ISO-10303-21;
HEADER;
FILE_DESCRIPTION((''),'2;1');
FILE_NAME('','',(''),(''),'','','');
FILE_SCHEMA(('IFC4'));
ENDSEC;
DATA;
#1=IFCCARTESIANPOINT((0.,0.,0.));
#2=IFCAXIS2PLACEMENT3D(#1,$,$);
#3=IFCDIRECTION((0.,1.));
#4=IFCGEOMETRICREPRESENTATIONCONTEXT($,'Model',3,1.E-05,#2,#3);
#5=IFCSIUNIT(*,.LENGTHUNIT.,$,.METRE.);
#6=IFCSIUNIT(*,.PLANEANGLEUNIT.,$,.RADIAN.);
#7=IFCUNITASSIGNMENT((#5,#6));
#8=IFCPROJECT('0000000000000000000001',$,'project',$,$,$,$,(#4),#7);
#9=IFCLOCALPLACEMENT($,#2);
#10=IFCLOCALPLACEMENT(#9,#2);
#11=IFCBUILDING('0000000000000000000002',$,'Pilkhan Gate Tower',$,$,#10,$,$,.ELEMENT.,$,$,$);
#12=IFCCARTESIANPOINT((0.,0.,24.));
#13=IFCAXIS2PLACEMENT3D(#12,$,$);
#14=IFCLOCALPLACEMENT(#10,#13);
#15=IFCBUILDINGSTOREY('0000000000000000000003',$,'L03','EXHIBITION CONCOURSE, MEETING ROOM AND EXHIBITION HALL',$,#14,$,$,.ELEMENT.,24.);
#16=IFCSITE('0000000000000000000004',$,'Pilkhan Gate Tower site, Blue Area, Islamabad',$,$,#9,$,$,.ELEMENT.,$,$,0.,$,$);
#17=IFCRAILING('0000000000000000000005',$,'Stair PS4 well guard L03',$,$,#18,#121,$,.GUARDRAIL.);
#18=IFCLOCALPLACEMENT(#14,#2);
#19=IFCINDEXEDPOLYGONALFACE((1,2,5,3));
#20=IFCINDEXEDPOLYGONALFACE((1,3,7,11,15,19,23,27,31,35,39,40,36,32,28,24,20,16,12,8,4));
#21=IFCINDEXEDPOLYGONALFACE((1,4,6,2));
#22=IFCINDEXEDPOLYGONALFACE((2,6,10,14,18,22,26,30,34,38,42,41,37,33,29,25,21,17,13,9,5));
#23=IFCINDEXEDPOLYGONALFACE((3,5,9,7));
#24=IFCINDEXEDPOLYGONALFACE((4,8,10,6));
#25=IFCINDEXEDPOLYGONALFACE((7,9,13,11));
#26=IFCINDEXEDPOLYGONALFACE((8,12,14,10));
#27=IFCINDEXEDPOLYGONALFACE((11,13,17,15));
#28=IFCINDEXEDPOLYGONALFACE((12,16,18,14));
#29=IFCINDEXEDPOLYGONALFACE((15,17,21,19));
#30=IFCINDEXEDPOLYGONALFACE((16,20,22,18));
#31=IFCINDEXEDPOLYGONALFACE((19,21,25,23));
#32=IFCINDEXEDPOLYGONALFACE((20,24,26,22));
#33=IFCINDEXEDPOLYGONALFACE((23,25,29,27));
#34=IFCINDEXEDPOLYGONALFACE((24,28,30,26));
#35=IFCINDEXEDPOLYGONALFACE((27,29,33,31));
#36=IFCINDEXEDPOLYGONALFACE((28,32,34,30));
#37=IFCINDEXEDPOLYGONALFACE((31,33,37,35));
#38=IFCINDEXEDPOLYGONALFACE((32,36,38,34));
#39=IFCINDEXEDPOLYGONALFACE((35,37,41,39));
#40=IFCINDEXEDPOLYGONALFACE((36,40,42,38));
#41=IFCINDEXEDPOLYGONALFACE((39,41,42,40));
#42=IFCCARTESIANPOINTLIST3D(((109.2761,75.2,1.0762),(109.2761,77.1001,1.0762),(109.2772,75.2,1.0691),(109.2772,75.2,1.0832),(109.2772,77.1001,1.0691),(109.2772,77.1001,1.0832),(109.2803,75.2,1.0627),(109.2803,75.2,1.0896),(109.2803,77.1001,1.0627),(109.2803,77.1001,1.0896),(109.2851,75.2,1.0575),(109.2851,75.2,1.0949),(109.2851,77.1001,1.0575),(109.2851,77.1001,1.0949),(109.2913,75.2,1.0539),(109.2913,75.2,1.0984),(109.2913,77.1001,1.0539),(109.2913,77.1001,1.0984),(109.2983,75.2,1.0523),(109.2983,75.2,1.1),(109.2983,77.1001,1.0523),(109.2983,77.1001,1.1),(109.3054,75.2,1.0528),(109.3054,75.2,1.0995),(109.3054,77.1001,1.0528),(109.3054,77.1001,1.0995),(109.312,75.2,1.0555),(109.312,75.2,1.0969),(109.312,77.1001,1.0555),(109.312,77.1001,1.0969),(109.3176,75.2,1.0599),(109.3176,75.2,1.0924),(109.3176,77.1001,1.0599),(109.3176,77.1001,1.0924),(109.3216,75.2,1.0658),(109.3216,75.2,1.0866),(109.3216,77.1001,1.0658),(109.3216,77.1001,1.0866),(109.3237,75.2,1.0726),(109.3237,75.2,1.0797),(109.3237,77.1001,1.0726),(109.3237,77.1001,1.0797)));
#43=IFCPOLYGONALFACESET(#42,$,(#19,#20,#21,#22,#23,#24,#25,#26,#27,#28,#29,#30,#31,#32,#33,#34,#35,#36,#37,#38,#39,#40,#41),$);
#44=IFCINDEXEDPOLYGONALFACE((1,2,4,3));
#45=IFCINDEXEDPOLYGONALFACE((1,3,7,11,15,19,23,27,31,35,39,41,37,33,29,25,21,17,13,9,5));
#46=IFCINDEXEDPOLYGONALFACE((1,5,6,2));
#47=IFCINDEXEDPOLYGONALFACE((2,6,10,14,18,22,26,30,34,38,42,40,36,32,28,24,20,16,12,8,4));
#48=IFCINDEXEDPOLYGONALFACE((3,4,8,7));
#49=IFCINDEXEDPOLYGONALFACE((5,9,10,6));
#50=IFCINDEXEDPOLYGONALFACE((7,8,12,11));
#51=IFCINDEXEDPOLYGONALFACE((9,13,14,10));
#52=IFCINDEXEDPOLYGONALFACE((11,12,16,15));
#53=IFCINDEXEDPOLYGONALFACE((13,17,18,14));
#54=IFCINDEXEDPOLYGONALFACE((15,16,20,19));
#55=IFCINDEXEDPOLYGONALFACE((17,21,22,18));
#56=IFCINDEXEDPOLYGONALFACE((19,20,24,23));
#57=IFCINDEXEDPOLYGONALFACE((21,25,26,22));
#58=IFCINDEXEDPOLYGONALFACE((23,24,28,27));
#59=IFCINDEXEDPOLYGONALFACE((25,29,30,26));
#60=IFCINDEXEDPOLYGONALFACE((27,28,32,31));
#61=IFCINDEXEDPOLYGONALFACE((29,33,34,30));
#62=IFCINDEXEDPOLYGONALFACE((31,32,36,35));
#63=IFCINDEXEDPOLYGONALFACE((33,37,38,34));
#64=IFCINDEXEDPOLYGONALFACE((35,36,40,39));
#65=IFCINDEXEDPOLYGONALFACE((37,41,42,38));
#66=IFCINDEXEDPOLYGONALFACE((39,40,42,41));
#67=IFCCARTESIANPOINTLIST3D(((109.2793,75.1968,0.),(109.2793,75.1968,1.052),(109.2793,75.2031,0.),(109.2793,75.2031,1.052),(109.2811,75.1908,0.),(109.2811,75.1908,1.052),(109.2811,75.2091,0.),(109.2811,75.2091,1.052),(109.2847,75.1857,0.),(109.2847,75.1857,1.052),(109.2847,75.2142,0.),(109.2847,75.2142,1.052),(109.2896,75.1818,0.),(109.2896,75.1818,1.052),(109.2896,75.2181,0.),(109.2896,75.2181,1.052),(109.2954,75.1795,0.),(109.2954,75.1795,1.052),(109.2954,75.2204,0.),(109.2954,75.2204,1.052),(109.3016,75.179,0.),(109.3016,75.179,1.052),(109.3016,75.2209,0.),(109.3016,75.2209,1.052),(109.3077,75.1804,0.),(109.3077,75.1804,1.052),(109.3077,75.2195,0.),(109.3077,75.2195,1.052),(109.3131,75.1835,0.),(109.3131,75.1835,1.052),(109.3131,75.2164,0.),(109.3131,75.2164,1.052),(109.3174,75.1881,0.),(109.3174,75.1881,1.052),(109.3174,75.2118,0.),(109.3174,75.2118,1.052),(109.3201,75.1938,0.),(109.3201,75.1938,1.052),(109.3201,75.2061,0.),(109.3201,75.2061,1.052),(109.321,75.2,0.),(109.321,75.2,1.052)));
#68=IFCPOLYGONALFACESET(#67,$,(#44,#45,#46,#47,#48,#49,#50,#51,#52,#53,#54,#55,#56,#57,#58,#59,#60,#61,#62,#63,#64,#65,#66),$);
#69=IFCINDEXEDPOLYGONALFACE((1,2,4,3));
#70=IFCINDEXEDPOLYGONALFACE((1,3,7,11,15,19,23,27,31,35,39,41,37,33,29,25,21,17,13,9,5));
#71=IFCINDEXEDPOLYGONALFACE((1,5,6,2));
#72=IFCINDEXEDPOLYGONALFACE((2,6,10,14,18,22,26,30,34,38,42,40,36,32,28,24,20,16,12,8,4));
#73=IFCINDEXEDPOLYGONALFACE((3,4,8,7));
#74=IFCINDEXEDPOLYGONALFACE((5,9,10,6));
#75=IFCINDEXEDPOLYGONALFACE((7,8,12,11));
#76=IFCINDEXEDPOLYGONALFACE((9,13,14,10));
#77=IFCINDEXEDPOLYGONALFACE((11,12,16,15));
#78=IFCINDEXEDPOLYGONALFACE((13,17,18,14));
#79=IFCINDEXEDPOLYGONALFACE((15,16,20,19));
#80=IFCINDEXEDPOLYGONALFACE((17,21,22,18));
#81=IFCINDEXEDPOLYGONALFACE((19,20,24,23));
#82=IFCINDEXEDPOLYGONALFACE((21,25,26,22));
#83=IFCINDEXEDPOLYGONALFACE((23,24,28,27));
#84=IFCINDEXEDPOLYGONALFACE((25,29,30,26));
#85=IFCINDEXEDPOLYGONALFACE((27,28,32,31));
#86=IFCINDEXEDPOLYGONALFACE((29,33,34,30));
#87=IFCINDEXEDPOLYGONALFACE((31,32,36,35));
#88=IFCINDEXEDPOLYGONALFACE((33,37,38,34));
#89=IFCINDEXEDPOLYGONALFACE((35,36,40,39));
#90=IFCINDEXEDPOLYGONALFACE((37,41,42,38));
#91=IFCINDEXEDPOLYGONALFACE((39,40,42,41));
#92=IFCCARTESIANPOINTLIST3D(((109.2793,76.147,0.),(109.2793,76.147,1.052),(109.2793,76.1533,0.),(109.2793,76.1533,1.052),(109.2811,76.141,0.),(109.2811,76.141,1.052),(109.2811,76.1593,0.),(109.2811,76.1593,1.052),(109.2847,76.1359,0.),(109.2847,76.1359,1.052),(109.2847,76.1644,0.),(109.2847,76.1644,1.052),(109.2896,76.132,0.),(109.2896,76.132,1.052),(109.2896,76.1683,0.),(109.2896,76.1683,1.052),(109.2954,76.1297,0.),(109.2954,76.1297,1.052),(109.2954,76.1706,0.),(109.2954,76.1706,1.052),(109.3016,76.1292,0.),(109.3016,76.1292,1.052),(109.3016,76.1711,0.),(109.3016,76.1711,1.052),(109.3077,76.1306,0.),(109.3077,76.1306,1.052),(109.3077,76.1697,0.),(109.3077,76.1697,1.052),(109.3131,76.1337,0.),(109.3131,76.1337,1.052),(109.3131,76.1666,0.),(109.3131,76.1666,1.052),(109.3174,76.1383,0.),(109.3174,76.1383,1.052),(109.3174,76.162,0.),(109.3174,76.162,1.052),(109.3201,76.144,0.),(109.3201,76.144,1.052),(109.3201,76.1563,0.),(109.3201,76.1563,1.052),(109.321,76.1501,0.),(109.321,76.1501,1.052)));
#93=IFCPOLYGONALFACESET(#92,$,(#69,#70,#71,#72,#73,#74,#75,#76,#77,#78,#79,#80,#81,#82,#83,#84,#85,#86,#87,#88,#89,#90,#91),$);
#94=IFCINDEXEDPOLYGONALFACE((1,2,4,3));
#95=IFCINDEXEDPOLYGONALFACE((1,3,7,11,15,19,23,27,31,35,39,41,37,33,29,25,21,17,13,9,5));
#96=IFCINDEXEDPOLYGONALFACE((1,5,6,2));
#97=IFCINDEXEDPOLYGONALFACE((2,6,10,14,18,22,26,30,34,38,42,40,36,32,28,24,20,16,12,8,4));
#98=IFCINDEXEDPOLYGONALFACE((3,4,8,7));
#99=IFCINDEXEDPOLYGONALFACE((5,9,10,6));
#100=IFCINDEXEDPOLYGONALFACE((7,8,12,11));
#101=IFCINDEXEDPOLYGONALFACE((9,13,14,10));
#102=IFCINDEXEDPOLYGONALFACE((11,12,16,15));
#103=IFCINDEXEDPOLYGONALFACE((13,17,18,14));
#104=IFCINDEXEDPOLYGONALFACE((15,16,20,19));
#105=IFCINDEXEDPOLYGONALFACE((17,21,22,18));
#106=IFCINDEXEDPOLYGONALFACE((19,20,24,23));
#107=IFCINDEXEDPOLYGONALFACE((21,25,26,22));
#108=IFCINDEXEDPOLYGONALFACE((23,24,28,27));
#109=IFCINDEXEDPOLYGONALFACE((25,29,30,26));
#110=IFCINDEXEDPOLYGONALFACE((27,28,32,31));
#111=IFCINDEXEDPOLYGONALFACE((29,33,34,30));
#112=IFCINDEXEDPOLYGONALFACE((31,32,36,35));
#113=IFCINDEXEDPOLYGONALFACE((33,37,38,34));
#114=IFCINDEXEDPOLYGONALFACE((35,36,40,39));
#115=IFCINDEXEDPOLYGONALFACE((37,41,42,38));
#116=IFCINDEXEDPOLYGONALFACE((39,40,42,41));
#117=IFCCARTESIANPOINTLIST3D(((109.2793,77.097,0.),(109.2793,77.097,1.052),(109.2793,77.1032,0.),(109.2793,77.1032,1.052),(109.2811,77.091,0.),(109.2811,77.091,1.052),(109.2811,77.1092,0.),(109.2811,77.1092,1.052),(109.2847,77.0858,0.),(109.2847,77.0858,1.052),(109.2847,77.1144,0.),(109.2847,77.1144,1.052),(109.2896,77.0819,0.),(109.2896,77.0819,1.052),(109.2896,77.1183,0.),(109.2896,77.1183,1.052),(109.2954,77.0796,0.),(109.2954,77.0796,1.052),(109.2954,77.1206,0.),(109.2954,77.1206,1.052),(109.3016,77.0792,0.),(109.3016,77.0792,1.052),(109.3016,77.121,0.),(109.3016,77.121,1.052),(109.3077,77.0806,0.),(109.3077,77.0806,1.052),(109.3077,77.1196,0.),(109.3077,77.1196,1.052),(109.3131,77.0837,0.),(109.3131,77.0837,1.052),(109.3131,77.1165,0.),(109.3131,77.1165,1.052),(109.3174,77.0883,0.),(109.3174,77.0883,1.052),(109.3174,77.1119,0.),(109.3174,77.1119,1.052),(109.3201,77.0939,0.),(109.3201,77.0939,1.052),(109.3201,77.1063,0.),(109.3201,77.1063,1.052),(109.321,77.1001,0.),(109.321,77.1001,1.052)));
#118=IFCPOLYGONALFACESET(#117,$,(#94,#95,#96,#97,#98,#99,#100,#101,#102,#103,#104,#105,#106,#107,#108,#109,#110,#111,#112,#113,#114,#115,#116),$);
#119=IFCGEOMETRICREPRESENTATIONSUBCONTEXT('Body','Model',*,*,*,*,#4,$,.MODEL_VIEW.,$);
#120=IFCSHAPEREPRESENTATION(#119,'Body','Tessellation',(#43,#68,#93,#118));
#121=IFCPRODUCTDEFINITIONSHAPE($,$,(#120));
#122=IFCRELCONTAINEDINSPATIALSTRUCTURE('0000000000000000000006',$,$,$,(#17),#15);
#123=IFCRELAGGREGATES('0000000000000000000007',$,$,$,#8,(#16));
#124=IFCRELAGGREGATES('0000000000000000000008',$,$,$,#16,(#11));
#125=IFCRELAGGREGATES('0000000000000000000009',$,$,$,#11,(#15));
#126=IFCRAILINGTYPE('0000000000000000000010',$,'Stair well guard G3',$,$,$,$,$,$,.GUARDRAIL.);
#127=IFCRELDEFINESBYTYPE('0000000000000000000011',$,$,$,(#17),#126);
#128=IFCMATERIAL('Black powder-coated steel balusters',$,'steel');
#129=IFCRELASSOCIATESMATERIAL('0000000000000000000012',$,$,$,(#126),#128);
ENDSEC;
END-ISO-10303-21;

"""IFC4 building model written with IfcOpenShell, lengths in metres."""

from ifc_helpers import new_model, si_unit, direction, frame, origin, origin_2d, place, context, subcontext, project, spatial, circle, extrude, material, type_object, element, save


model = new_model("IFC4")

# Units and contexts
model_context = context("Model", 3, precision=1e-05, world=origin(), true_north=direction((0.0, 1.0)))
body_context = subcontext(model_context, "Body", "Model", "MODEL_VIEW")
ifc_project = project(units=[si_unit("LENGTHUNIT", "METRE"), si_unit("PLANEANGLEUNIT", "RADIAN")], contexts=[model_context])

# Site, building, storey
site_placement = place(None, origin())
site = spatial("IfcSite", under=ifc_project, at=site_placement, Name="Pilkhan Gate Tower site, Blue Area, Islamabad", CompositionType="ELEMENT", RefElevation=0.0)
building_placement = place(site_placement, origin())
building = spatial("IfcBuilding", under=site, at=building_placement, Name="Pilkhan Gate Tower", CompositionType="ELEMENT")
storey_placement = place(building_placement, frame((0.0, 0.0, 24.0)))
storey = spatial("IfcBuildingStorey", under=building, at=storey_placement, Name="L03", Description="EXHIBITION CONCOURSE, MEETING ROOM AND EXHIBITION HALL", CompositionType="ELEMENT", Elevation=24.0)

# Railing
ifc_material_1 = material(Name="Black powder-coated steel balusters", Category="steel")
railing_type = type_object("IfcRailingType", Name="Stair well guard G3", PredefinedType="GUARDRAIL", material=ifc_material_1)
railing_1_placement = place(storey_placement, frame((109.3, 75.2, 0.0)))
element("IfcRailing", 1, at=railing_1_placement, inside=storey, type_object=railing_type, Name="Stair PS4 well guard L03", PredefinedType="GUARDRAIL", context=body_context, shape_type="SweptSolid", body=[
    extrude(circle(Radius=0.0239, at=origin_2d()), frame((0.0, 0.0, 1.0762), z_axis=(0.0, 1.0, 0.0), x_axis=(-1.0, 0.0, 0.0)), (0.0, 0.0, 1.0), 1.9001),
    extrude(circle(Radius=0.021, at=origin_2d()), origin(), (0.0, 0.0, 1.0), 1.052),
    extrude(circle(Radius=0.021, at=origin_2d()), frame((0.0, 0.9502, 0.0)), (0.0, 0.0, 1.0), 1.052),
    extrude(circle(Radius=0.021, at=origin_2d()), frame((0.0, 1.9001, 0.0)), (0.0, 0.0, 1.0), 1.052),
])

save(model, "model.ifc")
